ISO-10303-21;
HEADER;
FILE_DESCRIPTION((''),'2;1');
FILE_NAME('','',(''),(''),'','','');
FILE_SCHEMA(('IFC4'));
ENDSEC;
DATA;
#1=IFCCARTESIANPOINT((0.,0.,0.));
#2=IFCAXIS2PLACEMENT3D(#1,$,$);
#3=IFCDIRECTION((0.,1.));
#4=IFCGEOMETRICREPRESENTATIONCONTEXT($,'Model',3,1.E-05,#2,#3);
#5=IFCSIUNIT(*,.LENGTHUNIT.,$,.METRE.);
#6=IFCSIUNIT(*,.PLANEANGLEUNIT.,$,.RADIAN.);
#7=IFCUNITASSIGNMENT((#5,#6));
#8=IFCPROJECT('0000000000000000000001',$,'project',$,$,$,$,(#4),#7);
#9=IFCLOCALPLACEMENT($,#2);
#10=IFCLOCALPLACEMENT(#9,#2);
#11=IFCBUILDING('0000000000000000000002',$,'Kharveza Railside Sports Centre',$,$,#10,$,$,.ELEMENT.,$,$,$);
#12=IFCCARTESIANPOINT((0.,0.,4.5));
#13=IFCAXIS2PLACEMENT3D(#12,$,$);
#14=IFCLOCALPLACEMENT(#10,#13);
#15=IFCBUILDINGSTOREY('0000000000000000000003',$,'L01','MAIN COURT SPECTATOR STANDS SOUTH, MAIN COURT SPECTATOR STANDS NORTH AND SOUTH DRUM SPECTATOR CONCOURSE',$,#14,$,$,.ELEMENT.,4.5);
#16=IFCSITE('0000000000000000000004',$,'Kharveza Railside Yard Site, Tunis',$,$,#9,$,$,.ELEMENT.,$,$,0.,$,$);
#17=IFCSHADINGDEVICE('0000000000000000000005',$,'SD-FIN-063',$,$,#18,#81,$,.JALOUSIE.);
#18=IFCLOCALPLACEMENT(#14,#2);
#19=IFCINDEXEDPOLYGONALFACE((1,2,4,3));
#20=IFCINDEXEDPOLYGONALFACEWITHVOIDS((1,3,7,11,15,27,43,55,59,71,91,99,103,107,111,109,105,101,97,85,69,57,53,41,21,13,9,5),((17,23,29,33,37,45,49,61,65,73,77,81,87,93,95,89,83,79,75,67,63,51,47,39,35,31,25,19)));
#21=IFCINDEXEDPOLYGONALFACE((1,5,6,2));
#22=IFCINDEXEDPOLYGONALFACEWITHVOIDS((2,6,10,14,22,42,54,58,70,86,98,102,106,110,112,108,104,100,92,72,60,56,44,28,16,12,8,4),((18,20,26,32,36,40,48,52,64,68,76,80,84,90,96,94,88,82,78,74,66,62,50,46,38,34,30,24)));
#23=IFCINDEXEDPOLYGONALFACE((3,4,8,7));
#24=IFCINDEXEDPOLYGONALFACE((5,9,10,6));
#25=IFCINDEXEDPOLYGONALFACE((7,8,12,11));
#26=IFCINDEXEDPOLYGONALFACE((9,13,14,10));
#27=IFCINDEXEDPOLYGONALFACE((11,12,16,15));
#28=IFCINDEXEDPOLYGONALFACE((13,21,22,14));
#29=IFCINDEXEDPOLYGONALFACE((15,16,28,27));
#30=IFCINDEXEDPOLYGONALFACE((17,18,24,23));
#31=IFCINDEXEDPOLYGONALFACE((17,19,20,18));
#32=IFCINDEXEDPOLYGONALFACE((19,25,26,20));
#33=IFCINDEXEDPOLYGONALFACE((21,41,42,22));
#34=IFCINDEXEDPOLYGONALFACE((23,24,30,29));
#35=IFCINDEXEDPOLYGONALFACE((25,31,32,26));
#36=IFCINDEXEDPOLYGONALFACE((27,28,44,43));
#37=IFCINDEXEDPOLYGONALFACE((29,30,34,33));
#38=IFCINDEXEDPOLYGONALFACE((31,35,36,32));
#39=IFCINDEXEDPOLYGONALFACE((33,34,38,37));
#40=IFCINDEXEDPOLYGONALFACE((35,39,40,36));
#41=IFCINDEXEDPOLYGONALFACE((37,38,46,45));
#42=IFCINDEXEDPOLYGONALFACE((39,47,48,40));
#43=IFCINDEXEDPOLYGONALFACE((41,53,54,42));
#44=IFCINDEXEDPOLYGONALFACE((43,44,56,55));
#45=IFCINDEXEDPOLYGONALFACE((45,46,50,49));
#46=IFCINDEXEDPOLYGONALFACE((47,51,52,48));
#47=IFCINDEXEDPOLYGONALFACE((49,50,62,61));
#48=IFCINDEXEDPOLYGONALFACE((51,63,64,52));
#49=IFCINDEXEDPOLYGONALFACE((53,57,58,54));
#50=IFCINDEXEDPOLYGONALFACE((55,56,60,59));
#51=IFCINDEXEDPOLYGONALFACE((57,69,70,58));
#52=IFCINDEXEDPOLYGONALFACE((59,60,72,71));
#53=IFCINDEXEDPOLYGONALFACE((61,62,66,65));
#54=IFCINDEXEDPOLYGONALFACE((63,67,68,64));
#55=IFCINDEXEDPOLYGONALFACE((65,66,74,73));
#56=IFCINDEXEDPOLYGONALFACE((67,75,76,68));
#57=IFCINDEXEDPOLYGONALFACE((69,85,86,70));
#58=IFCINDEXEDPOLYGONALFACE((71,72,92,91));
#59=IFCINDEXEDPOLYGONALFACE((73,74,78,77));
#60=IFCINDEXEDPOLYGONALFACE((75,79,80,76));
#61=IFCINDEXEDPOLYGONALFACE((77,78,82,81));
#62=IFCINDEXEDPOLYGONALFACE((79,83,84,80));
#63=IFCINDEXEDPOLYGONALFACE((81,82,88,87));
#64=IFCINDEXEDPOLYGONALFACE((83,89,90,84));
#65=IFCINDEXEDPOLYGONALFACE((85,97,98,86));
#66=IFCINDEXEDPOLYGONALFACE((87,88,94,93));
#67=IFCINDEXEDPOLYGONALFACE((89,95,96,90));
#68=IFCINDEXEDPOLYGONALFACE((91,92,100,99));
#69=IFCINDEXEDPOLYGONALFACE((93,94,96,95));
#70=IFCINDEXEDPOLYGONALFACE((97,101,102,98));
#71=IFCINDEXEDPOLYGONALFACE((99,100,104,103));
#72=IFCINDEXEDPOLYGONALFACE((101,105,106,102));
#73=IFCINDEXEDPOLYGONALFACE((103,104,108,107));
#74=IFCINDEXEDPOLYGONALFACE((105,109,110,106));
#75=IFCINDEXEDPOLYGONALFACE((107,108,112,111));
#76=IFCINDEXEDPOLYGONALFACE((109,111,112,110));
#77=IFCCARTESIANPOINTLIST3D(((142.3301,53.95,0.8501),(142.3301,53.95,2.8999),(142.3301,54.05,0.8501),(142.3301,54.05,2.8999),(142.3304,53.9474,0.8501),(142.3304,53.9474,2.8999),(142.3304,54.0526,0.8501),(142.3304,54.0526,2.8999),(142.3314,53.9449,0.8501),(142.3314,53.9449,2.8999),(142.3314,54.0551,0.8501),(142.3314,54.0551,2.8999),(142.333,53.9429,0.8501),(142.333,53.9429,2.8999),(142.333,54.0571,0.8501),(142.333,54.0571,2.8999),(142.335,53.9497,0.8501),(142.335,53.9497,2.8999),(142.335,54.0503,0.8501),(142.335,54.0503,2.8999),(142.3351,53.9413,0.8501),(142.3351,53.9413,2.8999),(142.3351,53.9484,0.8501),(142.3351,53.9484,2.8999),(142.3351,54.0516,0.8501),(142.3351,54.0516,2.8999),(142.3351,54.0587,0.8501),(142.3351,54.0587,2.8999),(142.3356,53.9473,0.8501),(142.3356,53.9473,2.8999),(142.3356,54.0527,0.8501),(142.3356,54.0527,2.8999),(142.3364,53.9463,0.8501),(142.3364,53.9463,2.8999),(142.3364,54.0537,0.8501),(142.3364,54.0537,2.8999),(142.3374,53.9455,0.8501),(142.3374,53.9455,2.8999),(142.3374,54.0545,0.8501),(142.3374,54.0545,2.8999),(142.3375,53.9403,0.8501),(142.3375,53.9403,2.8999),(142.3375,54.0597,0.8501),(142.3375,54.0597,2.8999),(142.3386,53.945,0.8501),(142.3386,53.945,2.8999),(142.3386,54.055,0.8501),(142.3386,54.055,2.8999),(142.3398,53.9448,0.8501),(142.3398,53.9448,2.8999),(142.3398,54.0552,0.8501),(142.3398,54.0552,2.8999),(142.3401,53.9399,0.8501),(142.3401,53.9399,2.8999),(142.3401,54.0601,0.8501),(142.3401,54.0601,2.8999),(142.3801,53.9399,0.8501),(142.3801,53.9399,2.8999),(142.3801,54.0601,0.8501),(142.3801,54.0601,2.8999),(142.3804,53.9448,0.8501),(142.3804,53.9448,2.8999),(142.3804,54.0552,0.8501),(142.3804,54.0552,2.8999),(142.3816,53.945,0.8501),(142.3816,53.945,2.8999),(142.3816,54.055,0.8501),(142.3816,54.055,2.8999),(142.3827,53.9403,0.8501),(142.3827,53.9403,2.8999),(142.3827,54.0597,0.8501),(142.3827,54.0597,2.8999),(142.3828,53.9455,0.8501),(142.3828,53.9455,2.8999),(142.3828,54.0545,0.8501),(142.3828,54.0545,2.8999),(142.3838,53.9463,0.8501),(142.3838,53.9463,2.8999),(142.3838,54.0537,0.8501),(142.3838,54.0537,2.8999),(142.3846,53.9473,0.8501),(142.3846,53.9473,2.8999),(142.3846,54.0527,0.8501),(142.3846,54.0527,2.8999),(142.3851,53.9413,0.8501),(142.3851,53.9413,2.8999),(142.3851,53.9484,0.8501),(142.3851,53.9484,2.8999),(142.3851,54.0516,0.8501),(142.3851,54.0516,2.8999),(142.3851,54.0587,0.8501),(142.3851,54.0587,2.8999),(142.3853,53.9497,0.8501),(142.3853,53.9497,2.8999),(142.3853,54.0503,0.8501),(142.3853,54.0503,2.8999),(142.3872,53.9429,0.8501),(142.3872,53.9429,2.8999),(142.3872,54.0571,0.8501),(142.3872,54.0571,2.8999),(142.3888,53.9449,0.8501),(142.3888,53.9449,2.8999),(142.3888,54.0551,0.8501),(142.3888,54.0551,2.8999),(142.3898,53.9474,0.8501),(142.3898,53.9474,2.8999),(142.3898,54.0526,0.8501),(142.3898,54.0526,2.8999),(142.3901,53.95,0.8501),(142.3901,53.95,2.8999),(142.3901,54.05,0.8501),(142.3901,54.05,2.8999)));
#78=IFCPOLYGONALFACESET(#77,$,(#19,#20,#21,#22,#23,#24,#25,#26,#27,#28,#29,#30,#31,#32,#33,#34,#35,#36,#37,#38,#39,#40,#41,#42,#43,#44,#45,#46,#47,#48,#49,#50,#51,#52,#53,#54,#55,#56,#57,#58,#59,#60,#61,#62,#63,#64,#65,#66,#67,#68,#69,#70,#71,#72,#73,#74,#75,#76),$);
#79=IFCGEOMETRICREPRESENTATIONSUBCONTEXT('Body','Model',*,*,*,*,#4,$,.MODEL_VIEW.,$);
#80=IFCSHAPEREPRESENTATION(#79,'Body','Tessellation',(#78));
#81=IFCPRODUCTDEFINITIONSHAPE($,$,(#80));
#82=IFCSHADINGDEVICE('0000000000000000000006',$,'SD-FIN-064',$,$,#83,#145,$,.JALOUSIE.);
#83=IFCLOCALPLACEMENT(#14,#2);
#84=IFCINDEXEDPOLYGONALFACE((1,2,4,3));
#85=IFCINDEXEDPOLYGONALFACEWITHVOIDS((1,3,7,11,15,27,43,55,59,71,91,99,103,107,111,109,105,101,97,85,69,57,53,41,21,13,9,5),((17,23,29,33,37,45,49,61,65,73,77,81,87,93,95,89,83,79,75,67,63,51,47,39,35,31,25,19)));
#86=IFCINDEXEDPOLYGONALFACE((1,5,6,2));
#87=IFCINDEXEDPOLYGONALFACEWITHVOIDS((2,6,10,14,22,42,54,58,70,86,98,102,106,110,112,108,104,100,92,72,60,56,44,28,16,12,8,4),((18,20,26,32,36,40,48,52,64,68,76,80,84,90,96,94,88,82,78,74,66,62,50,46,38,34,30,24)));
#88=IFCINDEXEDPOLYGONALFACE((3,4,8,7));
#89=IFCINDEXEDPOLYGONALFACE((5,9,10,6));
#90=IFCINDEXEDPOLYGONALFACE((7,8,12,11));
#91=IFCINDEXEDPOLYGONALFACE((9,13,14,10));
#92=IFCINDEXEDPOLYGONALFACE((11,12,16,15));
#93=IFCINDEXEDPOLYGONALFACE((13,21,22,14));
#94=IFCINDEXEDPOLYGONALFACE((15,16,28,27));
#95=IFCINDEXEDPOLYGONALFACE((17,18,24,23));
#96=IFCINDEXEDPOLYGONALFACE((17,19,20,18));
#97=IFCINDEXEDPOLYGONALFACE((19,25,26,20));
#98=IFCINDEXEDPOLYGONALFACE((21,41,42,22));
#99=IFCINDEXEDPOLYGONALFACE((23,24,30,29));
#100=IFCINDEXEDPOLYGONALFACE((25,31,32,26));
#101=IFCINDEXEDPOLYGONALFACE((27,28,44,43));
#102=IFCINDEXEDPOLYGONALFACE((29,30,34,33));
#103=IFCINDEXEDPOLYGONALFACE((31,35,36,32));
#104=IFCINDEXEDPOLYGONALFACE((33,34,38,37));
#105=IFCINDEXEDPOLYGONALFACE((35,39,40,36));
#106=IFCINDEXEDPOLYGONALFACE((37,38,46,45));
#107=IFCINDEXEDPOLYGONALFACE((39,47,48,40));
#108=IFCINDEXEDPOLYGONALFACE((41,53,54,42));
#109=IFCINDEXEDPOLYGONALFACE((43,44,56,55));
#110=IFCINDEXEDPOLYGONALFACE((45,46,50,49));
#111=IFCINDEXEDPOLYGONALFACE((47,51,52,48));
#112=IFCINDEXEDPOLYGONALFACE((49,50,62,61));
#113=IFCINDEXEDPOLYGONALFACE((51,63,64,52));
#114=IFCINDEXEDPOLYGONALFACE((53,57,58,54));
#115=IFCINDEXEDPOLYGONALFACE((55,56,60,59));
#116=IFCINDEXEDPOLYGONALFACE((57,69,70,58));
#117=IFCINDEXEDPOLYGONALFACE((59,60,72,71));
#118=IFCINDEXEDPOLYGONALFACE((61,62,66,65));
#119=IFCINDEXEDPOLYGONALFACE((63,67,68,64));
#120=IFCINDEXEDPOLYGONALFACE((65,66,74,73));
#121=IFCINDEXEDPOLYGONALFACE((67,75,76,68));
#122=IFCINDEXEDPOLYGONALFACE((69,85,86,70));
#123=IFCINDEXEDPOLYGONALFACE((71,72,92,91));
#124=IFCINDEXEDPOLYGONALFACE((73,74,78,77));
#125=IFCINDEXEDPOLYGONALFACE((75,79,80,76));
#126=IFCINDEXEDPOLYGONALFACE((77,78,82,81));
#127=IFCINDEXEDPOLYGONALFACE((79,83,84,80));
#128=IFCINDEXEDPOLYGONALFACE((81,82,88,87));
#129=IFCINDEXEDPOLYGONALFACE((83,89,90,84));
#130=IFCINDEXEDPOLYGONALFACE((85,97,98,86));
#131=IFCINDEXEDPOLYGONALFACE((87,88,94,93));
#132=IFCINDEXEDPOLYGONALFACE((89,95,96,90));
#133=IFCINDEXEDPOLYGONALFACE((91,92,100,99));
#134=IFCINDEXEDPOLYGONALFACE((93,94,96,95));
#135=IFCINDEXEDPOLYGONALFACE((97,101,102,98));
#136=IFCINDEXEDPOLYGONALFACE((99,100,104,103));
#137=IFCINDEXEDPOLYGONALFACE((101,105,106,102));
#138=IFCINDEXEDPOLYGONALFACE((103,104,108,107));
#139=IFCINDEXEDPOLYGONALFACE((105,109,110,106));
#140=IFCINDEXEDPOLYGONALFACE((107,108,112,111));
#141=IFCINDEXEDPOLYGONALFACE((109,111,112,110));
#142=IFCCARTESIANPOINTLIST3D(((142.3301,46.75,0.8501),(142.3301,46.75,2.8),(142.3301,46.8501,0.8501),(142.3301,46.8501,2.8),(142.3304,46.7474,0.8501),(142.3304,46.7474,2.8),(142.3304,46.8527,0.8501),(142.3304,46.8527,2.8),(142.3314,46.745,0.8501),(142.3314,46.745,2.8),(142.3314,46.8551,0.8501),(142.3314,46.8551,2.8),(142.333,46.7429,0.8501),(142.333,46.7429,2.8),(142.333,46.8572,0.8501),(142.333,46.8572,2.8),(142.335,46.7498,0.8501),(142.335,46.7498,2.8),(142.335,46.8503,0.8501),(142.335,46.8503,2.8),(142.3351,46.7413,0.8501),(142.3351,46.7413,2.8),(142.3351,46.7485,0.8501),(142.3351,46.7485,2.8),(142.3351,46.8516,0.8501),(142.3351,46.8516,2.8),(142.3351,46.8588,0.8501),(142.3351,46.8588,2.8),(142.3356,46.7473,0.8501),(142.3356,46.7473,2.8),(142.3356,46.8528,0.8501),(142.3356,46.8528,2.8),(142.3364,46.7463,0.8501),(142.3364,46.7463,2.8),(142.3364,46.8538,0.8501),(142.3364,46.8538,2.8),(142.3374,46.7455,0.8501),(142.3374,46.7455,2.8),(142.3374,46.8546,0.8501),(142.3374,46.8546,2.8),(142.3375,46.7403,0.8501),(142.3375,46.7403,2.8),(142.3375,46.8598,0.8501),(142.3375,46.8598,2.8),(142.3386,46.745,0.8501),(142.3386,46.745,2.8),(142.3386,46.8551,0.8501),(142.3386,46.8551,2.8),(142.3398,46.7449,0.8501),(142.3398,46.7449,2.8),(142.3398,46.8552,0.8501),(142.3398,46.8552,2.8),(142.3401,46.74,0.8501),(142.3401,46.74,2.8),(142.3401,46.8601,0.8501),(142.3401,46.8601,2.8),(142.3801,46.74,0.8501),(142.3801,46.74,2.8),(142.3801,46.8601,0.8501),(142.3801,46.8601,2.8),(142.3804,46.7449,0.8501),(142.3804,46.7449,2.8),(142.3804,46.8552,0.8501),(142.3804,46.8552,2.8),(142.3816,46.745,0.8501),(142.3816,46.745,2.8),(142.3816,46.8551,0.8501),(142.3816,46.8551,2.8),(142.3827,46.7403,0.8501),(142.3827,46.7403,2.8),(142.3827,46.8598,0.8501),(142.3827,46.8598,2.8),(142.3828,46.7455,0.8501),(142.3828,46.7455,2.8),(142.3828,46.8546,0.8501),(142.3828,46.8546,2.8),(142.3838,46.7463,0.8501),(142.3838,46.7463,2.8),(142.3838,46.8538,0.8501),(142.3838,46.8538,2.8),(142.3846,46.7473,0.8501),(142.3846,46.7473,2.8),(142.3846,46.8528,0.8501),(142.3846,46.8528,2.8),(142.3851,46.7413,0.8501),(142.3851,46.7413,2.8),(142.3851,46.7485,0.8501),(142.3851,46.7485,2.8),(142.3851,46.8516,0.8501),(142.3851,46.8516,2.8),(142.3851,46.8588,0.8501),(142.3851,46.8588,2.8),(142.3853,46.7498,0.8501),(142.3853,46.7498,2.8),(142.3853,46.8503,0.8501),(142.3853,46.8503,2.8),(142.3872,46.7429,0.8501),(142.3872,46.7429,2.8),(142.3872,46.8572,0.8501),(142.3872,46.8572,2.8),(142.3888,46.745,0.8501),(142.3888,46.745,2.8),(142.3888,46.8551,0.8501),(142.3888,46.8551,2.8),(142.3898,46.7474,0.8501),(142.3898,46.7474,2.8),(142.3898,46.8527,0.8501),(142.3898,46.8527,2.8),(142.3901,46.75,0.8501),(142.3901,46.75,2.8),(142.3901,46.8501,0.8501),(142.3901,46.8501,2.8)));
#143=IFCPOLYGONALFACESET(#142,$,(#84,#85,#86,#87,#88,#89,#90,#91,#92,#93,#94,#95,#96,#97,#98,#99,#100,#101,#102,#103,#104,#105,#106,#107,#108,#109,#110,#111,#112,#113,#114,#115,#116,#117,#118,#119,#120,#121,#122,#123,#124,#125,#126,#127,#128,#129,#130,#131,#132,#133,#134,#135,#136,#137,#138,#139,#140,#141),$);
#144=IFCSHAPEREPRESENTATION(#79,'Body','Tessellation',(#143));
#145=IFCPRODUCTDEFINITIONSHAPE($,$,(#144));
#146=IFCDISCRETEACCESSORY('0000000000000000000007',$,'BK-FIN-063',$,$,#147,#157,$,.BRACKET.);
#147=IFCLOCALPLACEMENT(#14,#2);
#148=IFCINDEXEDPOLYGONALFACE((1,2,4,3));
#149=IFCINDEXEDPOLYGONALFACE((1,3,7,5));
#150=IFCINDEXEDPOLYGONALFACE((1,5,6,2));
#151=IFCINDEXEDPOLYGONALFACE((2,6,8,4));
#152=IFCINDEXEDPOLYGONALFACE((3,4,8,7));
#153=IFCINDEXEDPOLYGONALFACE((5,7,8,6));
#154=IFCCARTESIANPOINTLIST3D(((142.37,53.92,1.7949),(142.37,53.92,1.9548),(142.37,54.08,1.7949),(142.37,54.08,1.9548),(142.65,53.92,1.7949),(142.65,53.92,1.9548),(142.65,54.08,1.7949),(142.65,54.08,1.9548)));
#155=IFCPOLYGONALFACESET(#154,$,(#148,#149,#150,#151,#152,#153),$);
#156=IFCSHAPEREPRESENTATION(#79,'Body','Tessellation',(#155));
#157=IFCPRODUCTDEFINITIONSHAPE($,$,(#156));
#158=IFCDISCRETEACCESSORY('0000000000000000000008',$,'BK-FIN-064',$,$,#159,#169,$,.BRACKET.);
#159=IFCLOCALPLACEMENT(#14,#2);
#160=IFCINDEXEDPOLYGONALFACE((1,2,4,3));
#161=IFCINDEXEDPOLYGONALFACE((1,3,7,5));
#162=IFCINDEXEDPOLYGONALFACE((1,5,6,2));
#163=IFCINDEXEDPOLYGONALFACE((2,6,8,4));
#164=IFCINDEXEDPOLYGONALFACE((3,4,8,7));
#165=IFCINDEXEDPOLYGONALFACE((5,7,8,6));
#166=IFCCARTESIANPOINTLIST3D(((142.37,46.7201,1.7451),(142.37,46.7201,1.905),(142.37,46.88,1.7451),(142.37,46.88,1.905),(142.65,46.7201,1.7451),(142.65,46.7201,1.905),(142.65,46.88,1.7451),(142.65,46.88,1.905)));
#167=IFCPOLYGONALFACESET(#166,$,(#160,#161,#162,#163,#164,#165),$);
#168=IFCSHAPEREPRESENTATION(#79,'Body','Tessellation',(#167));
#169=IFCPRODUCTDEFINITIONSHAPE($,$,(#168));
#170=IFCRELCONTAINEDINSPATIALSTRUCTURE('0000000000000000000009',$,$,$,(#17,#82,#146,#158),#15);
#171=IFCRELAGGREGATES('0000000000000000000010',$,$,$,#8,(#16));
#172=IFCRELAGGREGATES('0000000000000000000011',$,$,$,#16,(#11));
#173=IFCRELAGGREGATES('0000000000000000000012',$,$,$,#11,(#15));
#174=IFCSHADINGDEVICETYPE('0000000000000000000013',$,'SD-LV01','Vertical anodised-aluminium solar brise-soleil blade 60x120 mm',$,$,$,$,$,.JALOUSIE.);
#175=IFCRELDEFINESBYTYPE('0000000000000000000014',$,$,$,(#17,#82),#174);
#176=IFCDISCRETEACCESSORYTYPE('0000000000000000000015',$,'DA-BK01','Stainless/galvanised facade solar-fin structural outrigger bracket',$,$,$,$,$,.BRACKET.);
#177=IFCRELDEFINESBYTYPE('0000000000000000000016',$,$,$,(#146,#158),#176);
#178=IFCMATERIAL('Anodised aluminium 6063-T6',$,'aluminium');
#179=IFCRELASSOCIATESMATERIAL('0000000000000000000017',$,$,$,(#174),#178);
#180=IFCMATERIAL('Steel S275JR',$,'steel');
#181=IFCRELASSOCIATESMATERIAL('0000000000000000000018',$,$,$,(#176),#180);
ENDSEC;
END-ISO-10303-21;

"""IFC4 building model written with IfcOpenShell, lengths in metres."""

from ifc_helpers import new_model, si_unit, direction, frame, origin, origin_2d, place, context, subcontext, project, spatial, rectangle, hollow_rectangle, extrude, material, material_profile, profile_set, type_object, element, save


model = new_model("IFC4")

# Units and contexts
model_context = context("Model", 3, precision=1e-05, world=origin(), true_north=direction((0.0, 1.0)))
body_context = subcontext(model_context, "Body", "Model", "MODEL_VIEW")
ifc_project = project(units=[si_unit("LENGTHUNIT", "METRE"), si_unit("PLANEANGLEUNIT", "RADIAN")], contexts=[model_context])

# Site, building, storey
site_placement = place(None, origin())
site = spatial("IfcSite", under=ifc_project, at=site_placement, Name="Kharveza Railside Yard Site, Tunis", CompositionType="ELEMENT", RefElevation=0.0)
building_placement = place(site_placement, origin())
building = spatial("IfcBuilding", under=site, at=building_placement, Name="Kharveza Railside Sports Centre", CompositionType="ELEMENT")
storey_placement = place(building_placement, frame((0.0, 0.0, 4.5)))
storey = spatial("IfcBuildingStorey", under=building, at=storey_placement, Name="L01", Description="MAIN COURT SPECTATOR STANDS SOUTH, MAIN COURT SPECTATOR STANDS NORTH AND SOUTH DRUM SPECTATOR CONCOURSE", CompositionType="ELEMENT", Elevation=4.5)

# Shared definitions
ifc_material_1 = material(Name="Steel S275JR", Category="steel")

# Shading devices
ifc_material_2 = material(Name="Anodised aluminium 6063-T6", Category="aluminium")
ifc_material_profile_1 = material_profile(ifc_material_2, hollow_rectangle(XDim=0.0601, YDim=0.1201, WallThickness=0.0049, InnerFilletRadius=0.0049, OuterFilletRadius=0.01, at=origin_2d()), Name="RHS 60x120x5.0")
ifc_profile_set_1 = profile_set([ifc_material_profile_1], Name="Anodised aluminium 6063-T6")
shading_device_type = type_object("IfcShadingDeviceType", Name="SD-LV01", Description="Vertical anodised-aluminium solar brise-soleil blade 60x120 mm", PredefinedType="JALOUSIE", material=ifc_profile_set_1)
shading_device_1_placement = place(storey_placement, frame((142.3601, 54.0, 0.8501), z_axis=(0.0, 0.0, 1.0), x_axis=(-1.0, 0.0, 0.0)))
element("IfcShadingDevice", 1, at=shading_device_1_placement, inside=storey, type_object=shading_device_type, Name="SD-FIN-063", PredefinedType="JALOUSIE", context=body_context, shape_type="SweptSolid", body=[
    extrude(hollow_rectangle(XDim=0.0601, YDim=0.1201, WallThickness=0.0049, InnerFilletRadius=0.0049, OuterFilletRadius=0.01, at=origin_2d()), origin(), (0.0, 0.0, 1.0), 2.0498),
])
shading_device_2_placement = place(storey_placement, frame((142.3601, 46.8, 0.8501), z_axis=(0.0, 0.0, 1.0), x_axis=(-1.0, 0.0, 0.0)))
element("IfcShadingDevice", 2, at=shading_device_2_placement, inside=storey, type_object=shading_device_type, Name="SD-FIN-064", PredefinedType="JALOUSIE", context=body_context, shape_type="SweptSolid", body=[
    extrude(hollow_rectangle(XDim=0.0601, YDim=0.1201, WallThickness=0.0049, InnerFilletRadius=0.0049, OuterFilletRadius=0.01, at=origin_2d()), origin(), (0.0, 0.0, 1.0), 1.95),
])

# Discrete accessories
discrete_accessory_type = type_object("IfcDiscreteAccessoryType", Name="DA-BK01", Description="Stainless/galvanised facade solar-fin structural outrigger bracket", PredefinedType="BRACKET", material=ifc_material_1)
for number, where, z_axis, x_axis, name in (
    (3, (142.51, 54.0, 1.7949), (0.0, 0.0, 1.0), (-1.0, 0.0, 0.0), "BK-FIN-063"),
    (4, (142.51, 46.8, 1.7451), (0.0, 0.0, 1.0), (-1.0, 0.0, 0.0), "BK-FIN-064"),
):
    element("IfcDiscreteAccessory", number, at=place(storey_placement, frame(where, z_axis=z_axis, x_axis=x_axis)), inside=storey, type_object=discrete_accessory_type, Name=name, PredefinedType="BRACKET", context=body_context, shape_type="SweptSolid", body=[
        extrude(rectangle(XDim=0.28, YDim=0.1599, at=origin_2d()), origin(), (0.0, 0.0, 1.0), 0.1599),
    ])

save(model, "model.ifc")
